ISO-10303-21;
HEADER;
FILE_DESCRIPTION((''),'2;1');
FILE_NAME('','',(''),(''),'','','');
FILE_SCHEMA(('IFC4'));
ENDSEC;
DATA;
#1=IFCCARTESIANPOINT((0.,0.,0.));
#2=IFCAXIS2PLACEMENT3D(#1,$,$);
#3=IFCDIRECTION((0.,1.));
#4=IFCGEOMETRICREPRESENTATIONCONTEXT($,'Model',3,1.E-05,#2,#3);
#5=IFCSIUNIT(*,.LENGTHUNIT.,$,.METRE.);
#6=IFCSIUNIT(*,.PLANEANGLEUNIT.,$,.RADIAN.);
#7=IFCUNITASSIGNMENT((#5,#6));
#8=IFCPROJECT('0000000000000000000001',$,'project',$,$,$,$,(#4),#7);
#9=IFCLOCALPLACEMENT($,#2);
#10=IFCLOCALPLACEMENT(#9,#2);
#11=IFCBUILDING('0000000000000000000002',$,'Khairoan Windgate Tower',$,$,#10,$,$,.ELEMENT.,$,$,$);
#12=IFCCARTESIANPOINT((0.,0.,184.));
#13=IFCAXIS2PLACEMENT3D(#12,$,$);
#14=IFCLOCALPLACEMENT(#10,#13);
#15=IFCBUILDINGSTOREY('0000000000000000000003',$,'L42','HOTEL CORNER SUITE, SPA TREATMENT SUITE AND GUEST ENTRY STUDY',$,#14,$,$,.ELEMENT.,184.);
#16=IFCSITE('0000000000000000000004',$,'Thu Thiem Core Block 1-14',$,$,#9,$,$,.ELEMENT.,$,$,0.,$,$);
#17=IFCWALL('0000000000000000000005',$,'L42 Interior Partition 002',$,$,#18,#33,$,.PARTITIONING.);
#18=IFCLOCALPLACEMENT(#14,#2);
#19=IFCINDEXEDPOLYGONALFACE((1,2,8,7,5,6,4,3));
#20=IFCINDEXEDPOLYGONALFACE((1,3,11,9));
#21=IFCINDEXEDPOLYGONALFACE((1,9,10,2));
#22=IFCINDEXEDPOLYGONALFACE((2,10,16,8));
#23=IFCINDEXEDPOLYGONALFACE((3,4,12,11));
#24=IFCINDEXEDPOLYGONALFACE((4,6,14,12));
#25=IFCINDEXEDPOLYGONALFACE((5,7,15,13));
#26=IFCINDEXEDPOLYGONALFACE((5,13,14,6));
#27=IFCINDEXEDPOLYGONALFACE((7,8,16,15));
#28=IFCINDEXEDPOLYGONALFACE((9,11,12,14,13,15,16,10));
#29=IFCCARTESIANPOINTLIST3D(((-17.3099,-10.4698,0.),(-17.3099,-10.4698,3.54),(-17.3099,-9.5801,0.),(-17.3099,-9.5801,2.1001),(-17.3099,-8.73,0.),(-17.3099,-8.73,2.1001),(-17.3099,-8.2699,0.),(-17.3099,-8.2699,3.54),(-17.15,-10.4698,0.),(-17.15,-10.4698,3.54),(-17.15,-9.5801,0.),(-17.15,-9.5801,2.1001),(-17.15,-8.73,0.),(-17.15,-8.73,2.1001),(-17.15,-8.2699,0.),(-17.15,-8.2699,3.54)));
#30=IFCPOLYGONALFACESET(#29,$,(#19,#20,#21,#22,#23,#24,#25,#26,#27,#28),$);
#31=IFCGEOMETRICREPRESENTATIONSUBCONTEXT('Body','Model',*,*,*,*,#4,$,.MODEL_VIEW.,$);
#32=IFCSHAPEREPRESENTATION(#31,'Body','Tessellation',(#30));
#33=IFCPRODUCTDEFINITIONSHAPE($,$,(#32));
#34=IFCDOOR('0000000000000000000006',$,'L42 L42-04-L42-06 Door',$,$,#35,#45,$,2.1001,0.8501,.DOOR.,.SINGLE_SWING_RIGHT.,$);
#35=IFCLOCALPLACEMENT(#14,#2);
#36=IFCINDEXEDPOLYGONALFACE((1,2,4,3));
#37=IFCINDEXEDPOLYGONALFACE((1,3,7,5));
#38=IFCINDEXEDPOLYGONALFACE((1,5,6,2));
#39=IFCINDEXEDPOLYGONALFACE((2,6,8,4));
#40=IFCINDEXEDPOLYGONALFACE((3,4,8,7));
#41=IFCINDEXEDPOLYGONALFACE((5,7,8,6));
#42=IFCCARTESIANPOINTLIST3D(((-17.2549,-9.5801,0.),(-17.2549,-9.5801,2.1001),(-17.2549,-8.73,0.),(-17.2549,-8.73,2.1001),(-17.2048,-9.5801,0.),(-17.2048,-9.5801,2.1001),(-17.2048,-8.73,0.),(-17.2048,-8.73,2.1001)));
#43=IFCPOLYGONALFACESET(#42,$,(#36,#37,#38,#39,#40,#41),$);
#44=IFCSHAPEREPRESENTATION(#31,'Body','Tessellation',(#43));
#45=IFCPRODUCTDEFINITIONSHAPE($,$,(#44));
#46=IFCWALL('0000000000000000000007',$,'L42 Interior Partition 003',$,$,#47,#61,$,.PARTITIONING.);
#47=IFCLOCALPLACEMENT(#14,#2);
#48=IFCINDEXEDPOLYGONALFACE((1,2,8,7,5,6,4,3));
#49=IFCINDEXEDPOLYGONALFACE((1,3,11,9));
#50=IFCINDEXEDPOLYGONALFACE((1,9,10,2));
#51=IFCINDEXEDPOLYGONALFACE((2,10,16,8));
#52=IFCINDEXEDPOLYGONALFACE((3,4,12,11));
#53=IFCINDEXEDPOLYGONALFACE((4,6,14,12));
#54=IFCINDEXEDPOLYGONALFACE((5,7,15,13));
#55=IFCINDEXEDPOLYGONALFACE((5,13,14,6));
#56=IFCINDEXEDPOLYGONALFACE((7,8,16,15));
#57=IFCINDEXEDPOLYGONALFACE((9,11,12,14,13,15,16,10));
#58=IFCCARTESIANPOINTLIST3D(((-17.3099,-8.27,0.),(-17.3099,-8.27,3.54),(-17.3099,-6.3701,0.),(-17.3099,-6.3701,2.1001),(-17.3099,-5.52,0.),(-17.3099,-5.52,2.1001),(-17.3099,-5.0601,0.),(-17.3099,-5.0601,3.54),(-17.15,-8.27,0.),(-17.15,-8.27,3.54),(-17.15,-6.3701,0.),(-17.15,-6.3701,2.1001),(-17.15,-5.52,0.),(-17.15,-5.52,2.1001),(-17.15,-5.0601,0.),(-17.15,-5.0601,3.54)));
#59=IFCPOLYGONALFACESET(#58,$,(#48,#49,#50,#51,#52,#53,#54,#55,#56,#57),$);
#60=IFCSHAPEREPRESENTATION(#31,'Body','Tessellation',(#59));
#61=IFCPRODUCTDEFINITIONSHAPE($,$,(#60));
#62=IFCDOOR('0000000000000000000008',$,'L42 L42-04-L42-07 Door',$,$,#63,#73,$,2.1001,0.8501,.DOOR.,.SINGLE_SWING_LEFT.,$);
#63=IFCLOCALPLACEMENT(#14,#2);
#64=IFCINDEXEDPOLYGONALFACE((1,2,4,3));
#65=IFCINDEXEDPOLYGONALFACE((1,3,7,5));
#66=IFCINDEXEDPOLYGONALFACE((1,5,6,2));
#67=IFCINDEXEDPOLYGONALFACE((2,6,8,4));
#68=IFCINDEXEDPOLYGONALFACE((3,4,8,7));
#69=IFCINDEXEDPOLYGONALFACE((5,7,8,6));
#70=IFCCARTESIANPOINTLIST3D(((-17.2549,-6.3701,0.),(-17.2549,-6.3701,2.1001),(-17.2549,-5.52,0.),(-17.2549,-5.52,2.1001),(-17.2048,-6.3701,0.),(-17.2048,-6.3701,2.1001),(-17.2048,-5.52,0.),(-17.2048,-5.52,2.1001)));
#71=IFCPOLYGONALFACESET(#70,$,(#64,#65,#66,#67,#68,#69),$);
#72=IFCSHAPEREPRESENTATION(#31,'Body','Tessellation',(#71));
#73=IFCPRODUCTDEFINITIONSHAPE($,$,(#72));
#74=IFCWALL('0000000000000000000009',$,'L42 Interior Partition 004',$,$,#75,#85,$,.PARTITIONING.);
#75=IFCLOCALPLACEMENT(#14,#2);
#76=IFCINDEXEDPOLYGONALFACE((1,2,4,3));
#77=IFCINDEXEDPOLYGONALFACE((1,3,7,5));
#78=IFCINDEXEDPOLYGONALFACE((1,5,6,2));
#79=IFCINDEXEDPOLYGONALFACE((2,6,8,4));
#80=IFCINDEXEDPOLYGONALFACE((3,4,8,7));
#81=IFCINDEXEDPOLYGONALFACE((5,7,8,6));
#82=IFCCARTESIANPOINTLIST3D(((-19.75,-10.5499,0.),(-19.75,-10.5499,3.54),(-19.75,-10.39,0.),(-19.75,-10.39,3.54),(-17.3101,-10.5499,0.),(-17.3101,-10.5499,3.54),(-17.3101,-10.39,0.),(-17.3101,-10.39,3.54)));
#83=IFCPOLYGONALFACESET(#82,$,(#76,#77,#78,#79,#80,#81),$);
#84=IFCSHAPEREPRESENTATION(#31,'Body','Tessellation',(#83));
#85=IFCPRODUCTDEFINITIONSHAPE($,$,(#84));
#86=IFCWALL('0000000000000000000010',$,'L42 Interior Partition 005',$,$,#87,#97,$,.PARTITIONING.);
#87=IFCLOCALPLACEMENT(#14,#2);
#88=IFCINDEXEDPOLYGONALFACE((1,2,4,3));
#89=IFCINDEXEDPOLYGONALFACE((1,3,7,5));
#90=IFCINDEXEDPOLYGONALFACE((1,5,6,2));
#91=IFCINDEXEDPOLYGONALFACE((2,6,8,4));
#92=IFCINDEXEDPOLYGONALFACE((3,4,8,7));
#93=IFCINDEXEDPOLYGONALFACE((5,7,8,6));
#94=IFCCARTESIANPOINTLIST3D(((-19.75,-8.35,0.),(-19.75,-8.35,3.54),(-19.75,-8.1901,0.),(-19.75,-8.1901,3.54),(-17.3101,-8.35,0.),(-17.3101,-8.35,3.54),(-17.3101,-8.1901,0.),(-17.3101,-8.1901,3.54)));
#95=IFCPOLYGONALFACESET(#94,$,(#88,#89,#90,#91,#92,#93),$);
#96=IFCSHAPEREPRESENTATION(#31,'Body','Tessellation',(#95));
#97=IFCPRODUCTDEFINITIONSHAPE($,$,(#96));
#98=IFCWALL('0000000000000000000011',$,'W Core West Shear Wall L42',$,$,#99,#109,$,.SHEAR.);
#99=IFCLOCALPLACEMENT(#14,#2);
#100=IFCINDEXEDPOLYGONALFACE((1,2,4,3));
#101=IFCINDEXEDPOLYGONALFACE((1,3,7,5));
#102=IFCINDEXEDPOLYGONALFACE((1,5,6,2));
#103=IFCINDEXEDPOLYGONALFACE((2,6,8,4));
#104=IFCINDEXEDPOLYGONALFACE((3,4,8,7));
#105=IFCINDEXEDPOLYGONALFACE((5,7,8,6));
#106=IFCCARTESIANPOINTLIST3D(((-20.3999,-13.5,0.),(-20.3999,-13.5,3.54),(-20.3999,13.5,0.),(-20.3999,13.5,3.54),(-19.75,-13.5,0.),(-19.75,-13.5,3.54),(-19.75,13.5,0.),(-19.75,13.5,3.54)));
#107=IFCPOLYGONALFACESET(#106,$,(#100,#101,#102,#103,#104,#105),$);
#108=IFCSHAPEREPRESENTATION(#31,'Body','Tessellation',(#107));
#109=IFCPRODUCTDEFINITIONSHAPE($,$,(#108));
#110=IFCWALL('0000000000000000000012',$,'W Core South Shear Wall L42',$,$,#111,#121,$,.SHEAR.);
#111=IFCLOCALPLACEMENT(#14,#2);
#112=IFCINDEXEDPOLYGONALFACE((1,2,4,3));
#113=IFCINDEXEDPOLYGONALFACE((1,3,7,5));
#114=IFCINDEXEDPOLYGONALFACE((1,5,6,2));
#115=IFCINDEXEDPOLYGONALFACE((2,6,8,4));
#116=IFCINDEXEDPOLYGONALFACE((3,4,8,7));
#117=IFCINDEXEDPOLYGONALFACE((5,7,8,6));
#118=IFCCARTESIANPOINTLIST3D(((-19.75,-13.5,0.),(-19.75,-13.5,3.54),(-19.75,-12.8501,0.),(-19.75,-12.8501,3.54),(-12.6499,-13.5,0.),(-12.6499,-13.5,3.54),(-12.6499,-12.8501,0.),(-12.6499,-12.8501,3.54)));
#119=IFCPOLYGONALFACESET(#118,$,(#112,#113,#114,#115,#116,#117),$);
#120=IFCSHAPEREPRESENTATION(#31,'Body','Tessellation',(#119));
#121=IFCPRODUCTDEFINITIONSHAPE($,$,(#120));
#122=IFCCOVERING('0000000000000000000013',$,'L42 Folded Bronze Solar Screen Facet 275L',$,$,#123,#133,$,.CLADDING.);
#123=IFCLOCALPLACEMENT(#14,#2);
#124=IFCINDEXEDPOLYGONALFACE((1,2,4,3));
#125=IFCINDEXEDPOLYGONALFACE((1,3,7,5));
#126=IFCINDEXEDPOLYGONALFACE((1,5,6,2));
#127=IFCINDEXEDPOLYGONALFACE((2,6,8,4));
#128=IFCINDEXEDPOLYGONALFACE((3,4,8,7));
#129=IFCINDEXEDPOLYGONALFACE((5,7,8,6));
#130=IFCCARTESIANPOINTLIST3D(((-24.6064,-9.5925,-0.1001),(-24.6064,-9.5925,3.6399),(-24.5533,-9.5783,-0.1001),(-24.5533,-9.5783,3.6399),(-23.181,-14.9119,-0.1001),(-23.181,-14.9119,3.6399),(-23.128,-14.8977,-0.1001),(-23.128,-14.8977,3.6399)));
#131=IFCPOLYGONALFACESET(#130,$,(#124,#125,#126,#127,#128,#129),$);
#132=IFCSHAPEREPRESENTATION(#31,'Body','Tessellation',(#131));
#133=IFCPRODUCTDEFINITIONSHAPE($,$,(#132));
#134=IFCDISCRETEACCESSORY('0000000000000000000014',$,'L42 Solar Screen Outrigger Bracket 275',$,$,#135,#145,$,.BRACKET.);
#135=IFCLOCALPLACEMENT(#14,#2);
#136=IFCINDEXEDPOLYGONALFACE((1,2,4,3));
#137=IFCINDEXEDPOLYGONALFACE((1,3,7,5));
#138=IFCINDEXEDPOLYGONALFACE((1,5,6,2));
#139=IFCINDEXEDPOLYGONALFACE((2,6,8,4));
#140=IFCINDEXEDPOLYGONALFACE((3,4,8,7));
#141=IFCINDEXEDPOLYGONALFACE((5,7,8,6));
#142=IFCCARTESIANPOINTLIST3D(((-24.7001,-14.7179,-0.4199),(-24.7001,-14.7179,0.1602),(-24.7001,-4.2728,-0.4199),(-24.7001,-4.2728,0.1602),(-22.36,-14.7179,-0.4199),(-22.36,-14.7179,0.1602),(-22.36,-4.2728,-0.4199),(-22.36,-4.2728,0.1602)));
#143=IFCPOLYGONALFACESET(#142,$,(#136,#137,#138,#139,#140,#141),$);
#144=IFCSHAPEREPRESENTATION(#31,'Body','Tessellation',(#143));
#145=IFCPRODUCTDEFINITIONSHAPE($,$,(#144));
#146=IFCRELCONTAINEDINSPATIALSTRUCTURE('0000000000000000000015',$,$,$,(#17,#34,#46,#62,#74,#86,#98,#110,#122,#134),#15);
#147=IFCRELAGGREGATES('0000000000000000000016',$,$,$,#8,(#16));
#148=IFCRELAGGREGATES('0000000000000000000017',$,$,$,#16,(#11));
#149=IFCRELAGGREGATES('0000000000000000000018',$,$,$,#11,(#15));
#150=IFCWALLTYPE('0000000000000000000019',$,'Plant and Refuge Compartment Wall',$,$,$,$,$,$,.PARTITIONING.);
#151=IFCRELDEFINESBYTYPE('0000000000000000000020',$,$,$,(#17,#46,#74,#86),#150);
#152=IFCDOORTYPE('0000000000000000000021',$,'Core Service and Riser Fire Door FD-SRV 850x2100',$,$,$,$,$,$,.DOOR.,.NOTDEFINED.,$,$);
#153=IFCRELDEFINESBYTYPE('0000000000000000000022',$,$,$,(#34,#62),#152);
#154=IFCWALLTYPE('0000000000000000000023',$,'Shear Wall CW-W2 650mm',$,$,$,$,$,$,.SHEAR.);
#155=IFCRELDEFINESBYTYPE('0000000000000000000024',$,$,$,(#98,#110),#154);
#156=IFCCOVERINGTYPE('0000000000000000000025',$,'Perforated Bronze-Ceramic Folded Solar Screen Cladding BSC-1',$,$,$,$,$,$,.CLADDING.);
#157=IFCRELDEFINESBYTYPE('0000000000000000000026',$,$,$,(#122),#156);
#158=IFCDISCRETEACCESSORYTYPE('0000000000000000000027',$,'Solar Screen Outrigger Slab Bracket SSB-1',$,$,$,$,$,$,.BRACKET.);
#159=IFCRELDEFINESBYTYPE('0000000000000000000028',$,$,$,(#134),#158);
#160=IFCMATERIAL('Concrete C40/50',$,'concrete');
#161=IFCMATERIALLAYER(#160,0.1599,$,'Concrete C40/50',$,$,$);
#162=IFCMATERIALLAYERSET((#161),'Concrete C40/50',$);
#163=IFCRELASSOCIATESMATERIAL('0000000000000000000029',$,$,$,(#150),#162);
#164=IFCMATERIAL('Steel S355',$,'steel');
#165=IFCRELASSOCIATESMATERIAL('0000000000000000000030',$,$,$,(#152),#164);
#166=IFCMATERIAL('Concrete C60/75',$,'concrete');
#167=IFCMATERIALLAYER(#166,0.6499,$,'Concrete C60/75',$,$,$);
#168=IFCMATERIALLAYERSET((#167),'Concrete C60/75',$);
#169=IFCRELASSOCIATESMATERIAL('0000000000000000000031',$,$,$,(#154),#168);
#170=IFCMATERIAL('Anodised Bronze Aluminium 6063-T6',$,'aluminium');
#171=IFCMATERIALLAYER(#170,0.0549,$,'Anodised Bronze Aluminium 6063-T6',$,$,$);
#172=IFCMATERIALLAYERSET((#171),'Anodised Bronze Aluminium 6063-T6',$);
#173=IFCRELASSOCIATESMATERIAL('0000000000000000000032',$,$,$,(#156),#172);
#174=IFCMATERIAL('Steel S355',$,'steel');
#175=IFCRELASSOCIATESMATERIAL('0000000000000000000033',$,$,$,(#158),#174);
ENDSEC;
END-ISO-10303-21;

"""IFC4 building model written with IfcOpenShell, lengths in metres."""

from ifc_helpers import new_model, si_unit, direction, frame, frame_2d, origin, origin_2d, place, context, subcontext, project, spatial, rectangle, extrude, material, layer, layer_set, type_object, element, fill, save


model = new_model("IFC4")

# Units and contexts
model_context = context("Model", 3, precision=1e-05, world=origin(), true_north=direction((0.0, 1.0)))
body_context = subcontext(model_context, "Body", "Model", "MODEL_VIEW")
ifc_project = project(units=[si_unit("LENGTHUNIT", "METRE"), si_unit("PLANEANGLEUNIT", "RADIAN")], contexts=[model_context])

# Site, building, storey
site_placement = place(None, origin())
site = spatial("IfcSite", under=ifc_project, at=site_placement, Name="Thu Thiem Core Block 1-14", CompositionType="ELEMENT", RefElevation=0.0)
building_placement = place(site_placement, origin())
building = spatial("IfcBuilding", under=site, at=building_placement, Name="Khairoan Windgate Tower", CompositionType="ELEMENT")
storey_placement = place(building_placement, frame((0.0, 0.0, 184.0)))
storey = spatial("IfcBuildingStorey", under=building, at=storey_placement, Name="L42", Description="HOTEL CORNER SUITE, SPA TREATMENT SUITE AND GUEST ENTRY STUDY", CompositionType="ELEMENT", Elevation=184.0)

# Walls, openings, doors
ifc_material_1 = material(Name="Concrete C40/50", Category="concrete")
ifc_layer_1 = layer(ifc_material_1, 0.1599, Name="Concrete C40/50")
ifc_layer_set_1 = layer_set([ifc_layer_1], Name="Concrete C40/50")
wall_type_1 = type_object("IfcWallType", Name="Plant and Refuge Compartment Wall", PredefinedType="PARTITIONING", material=ifc_layer_set_1)
ifc_material_2 = material(Name="Steel S355", Category="steel")
door_type = type_object("IfcDoorType", Name="Core Service and Riser Fire Door FD-SRV 850x2100", OperationType="NOTDEFINED", PredefinedType="DOOR", material=ifc_material_2)
wall_1_placement = place(storey_placement, frame((-17.23, -10.47, 0.0), z_axis=(0.0, 0.0, 1.0), x_axis=(0.0, 1.0, 0.0)))
wall_1 = element("IfcWall", 1, at=wall_1_placement, inside=storey, type_object=wall_type_1, Name="L42 Interior Partition 002", PredefinedType="PARTITIONING", context=body_context, shape_type="SweptSolid", body=[
    extrude(rectangle(XDim=2.2, YDim=0.1599, at=frame_2d((1.1001, 0.0))), origin(), (0.0, 0.0, 1.0), 3.54),
])
opening_1_placement = place(wall_1_placement, frame((0.8899, 0.0, 0.0)))
opening_1 = element("IfcOpeningElement", 2, at=opening_1_placement, cuts=wall_1, PredefinedType="OPENING", context=body_context, shape_type="SweptSolid", body=[
    extrude(rectangle(XDim=0.8501, YDim=2.1001, at=frame_2d((0.425, 1.05))), frame((0.0, 0.0898, 0.0), z_axis=(0.0, -1.0, 0.0), x_axis=(1.0, 0.0, 0.0)), (0.0, 0.0, 1.0), 0.1799),
])
door_1_placement = place(opening_1_placement, origin())
door_1 = element("IfcDoor", 3, at=door_1_placement, inside=storey, type_object=door_type, Name="L42 L42-04-L42-06 Door", OperationType="SINGLE_SWING_RIGHT", OverallHeight=2.1001, OverallWidth=0.8501, PredefinedType="DOOR", context=body_context, shape_type="SweptSolid", body=[
    extrude(rectangle(XDim=0.8501, YDim=2.1001, at=frame_2d((0.425, 1.05))), frame((0.0, 0.0249, 0.0), z_axis=(0.0, -1.0, 0.0), x_axis=(1.0, 0.0, 0.0)), (0.0, 0.0, 1.0), 0.05),
])
fill(opening_1, door_1)
wall_2_placement = place(storey_placement, frame((-17.23, -8.27, 0.0), z_axis=(0.0, 0.0, 1.0), x_axis=(0.0, 1.0, 0.0)))
wall_2 = element("IfcWall", 4, at=wall_2_placement, inside=storey, type_object=wall_type_1, Name="L42 Interior Partition 003", PredefinedType="PARTITIONING", context=body_context, shape_type="SweptSolid", body=[
    extrude(rectangle(XDim=3.21, YDim=0.1599, at=frame_2d((1.605, 0.0))), origin(), (0.0, 0.0, 1.0), 3.54),
])
opening_2_placement = place(wall_2_placement, frame((1.8999, 0.0, 0.0)))
opening_2 = element("IfcOpeningElement", 5, at=opening_2_placement, cuts=wall_2, PredefinedType="OPENING", context=body_context, shape_type="SweptSolid", body=[
    extrude(rectangle(XDim=0.8501, YDim=2.1001, at=frame_2d((0.425, 1.05))), frame((0.0, 0.0898, 0.0), z_axis=(0.0, -1.0, 0.0), x_axis=(1.0, 0.0, 0.0)), (0.0, 0.0, 1.0), 0.1799),
])
door_2_placement = place(opening_2_placement, origin())
door_2 = element("IfcDoor", 6, at=door_2_placement, inside=storey, type_object=door_type, Name="L42 L42-04-L42-07 Door", OperationType="SINGLE_SWING_LEFT", OverallHeight=2.1001, OverallWidth=0.8501, PredefinedType="DOOR", context=body_context, shape_type="SweptSolid", body=[
    extrude(rectangle(XDim=0.8501, YDim=2.1001, at=frame_2d((0.425, 1.05))), frame((0.0, 0.0249, 0.0), z_axis=(0.0, -1.0, 0.0), x_axis=(1.0, 0.0, 0.0)), (0.0, 0.0, 1.0), 0.05),
])
fill(opening_2, door_2)

# Walls
for number, where, z_axis, x_axis, name in (
    (7, (-19.75, -10.47, 0.0), (0.0, 0.0, 1.0), (1.0, 0.0, 0.0), "L42 Interior Partition 004"),
    (8, (-19.75, -8.27, 0.0), (0.0, 0.0, 1.0), (1.0, 0.0, 0.0), "L42 Interior Partition 005"),
):
    element("IfcWall", number, at=place(storey_placement, frame(where, z_axis=z_axis, x_axis=x_axis)), inside=storey, type_object=wall_type_1, Name=name, PredefinedType="PARTITIONING", context=body_context, shape_type="SweptSolid", body=[
        extrude(rectangle(XDim=2.4399, YDim=0.1599, at=frame_2d((1.22, 0.0))), origin(), (0.0, 0.0, 1.0), 3.54),
    ])
ifc_material_3 = material(Name="Concrete C60/75", Category="concrete")
ifc_layer_2 = layer(ifc_material_3, 0.6499, Name="Concrete C60/75")
ifc_layer_set_2 = layer_set([ifc_layer_2], Name="Concrete C60/75")
wall_type_2 = type_object("IfcWallType", Name="Shear Wall CW-W2 650mm", PredefinedType="SHEAR", material=ifc_layer_set_2)
wall_3_placement = place(storey_placement, frame((-20.075, -13.5, 0.0), z_axis=(0.0, 0.0, 1.0), x_axis=(0.0, 1.0, 0.0)))
element("IfcWall", 9, at=wall_3_placement, inside=storey, type_object=wall_type_2, Name="W Core West Shear Wall L42", PredefinedType="SHEAR", context=body_context, shape_type="SweptSolid", body=[
    extrude(rectangle(XDim=27.0, YDim=0.6499, at=frame_2d((13.5, 0.0))), origin(), (0.0, 0.0, 1.0), 3.54),
])
wall_4_placement = place(storey_placement, frame((-19.75, -13.175, 0.0), z_axis=(0.0, 0.0, 1.0), x_axis=(1.0, 0.0, 0.0)))
element("IfcWall", 10, at=wall_4_placement, inside=storey, type_object=wall_type_2, Name="W Core South Shear Wall L42", PredefinedType="SHEAR", context=body_context, shape_type="SweptSolid", body=[
    extrude(rectangle(XDim=7.1001, YDim=0.6499, at=frame_2d((3.55, 0.0))), origin(), (0.0, 0.0, 1.0), 3.54),
])

# Covering
ifc_material_4 = material(Name="Anodised Bronze Aluminium 6063-T6", Category="aluminium")
ifc_layer_3 = layer(ifc_material_4, 0.0549, Name="Anodised Bronze Aluminium 6063-T6")
ifc_layer_set_3 = layer_set([ifc_layer_3], Name="Anodised Bronze Aluminium 6063-T6")
covering_type = type_object("IfcCoveringType", Name="Perforated Bronze-Ceramic Folded Solar Screen Cladding BSC-1", PredefinedType="CLADDING", material=ifc_layer_set_3)
covering_placement = place(storey_placement, frame((-23.8672, -12.2451, -0.1001), z_axis=(0.0, 0.0, 1.0), x_axis=(-0.258819, 0.965926, 0.0)))
element("IfcCovering", 11, at=covering_placement, inside=storey, type_object=covering_type, Name="L42 Folded Bronze Solar Screen Facet 275L", PredefinedType="CLADDING", context=body_context, shape_type="SweptSolid", body=[
    extrude(rectangle(XDim=5.5071, YDim=0.0549, at=origin_2d()), origin(), (0.0, 0.0, 1.0), 3.74),
])

# Discrete accessory
ifc_material_5 = material(Name="Steel S355", Category="steel")
discrete_accessory_type = type_object("IfcDiscreteAccessoryType", Name="Solar Screen Outrigger Slab Bracket SSB-1", PredefinedType="BRACKET", material=ifc_material_5)
discrete_accessory_placement = place(storey_placement, frame((-23.53, -9.4954, -0.4199), z_axis=(0.0, 0.0, 1.0), x_axis=(0.0, 1.0, 0.0)))
element("IfcDiscreteAccessory", 12, at=discrete_accessory_placement, inside=storey, type_object=discrete_accessory_type, Name="L42 Solar Screen Outrigger Bracket 275", PredefinedType="BRACKET", context=body_context, shape_type="SweptSolid", body=[
    extrude(rectangle(XDim=10.4451, YDim=2.3401, at=origin_2d()), origin(), (0.0, 0.0, 1.0), 0.5801),
])

save(model, "model.ifc")
